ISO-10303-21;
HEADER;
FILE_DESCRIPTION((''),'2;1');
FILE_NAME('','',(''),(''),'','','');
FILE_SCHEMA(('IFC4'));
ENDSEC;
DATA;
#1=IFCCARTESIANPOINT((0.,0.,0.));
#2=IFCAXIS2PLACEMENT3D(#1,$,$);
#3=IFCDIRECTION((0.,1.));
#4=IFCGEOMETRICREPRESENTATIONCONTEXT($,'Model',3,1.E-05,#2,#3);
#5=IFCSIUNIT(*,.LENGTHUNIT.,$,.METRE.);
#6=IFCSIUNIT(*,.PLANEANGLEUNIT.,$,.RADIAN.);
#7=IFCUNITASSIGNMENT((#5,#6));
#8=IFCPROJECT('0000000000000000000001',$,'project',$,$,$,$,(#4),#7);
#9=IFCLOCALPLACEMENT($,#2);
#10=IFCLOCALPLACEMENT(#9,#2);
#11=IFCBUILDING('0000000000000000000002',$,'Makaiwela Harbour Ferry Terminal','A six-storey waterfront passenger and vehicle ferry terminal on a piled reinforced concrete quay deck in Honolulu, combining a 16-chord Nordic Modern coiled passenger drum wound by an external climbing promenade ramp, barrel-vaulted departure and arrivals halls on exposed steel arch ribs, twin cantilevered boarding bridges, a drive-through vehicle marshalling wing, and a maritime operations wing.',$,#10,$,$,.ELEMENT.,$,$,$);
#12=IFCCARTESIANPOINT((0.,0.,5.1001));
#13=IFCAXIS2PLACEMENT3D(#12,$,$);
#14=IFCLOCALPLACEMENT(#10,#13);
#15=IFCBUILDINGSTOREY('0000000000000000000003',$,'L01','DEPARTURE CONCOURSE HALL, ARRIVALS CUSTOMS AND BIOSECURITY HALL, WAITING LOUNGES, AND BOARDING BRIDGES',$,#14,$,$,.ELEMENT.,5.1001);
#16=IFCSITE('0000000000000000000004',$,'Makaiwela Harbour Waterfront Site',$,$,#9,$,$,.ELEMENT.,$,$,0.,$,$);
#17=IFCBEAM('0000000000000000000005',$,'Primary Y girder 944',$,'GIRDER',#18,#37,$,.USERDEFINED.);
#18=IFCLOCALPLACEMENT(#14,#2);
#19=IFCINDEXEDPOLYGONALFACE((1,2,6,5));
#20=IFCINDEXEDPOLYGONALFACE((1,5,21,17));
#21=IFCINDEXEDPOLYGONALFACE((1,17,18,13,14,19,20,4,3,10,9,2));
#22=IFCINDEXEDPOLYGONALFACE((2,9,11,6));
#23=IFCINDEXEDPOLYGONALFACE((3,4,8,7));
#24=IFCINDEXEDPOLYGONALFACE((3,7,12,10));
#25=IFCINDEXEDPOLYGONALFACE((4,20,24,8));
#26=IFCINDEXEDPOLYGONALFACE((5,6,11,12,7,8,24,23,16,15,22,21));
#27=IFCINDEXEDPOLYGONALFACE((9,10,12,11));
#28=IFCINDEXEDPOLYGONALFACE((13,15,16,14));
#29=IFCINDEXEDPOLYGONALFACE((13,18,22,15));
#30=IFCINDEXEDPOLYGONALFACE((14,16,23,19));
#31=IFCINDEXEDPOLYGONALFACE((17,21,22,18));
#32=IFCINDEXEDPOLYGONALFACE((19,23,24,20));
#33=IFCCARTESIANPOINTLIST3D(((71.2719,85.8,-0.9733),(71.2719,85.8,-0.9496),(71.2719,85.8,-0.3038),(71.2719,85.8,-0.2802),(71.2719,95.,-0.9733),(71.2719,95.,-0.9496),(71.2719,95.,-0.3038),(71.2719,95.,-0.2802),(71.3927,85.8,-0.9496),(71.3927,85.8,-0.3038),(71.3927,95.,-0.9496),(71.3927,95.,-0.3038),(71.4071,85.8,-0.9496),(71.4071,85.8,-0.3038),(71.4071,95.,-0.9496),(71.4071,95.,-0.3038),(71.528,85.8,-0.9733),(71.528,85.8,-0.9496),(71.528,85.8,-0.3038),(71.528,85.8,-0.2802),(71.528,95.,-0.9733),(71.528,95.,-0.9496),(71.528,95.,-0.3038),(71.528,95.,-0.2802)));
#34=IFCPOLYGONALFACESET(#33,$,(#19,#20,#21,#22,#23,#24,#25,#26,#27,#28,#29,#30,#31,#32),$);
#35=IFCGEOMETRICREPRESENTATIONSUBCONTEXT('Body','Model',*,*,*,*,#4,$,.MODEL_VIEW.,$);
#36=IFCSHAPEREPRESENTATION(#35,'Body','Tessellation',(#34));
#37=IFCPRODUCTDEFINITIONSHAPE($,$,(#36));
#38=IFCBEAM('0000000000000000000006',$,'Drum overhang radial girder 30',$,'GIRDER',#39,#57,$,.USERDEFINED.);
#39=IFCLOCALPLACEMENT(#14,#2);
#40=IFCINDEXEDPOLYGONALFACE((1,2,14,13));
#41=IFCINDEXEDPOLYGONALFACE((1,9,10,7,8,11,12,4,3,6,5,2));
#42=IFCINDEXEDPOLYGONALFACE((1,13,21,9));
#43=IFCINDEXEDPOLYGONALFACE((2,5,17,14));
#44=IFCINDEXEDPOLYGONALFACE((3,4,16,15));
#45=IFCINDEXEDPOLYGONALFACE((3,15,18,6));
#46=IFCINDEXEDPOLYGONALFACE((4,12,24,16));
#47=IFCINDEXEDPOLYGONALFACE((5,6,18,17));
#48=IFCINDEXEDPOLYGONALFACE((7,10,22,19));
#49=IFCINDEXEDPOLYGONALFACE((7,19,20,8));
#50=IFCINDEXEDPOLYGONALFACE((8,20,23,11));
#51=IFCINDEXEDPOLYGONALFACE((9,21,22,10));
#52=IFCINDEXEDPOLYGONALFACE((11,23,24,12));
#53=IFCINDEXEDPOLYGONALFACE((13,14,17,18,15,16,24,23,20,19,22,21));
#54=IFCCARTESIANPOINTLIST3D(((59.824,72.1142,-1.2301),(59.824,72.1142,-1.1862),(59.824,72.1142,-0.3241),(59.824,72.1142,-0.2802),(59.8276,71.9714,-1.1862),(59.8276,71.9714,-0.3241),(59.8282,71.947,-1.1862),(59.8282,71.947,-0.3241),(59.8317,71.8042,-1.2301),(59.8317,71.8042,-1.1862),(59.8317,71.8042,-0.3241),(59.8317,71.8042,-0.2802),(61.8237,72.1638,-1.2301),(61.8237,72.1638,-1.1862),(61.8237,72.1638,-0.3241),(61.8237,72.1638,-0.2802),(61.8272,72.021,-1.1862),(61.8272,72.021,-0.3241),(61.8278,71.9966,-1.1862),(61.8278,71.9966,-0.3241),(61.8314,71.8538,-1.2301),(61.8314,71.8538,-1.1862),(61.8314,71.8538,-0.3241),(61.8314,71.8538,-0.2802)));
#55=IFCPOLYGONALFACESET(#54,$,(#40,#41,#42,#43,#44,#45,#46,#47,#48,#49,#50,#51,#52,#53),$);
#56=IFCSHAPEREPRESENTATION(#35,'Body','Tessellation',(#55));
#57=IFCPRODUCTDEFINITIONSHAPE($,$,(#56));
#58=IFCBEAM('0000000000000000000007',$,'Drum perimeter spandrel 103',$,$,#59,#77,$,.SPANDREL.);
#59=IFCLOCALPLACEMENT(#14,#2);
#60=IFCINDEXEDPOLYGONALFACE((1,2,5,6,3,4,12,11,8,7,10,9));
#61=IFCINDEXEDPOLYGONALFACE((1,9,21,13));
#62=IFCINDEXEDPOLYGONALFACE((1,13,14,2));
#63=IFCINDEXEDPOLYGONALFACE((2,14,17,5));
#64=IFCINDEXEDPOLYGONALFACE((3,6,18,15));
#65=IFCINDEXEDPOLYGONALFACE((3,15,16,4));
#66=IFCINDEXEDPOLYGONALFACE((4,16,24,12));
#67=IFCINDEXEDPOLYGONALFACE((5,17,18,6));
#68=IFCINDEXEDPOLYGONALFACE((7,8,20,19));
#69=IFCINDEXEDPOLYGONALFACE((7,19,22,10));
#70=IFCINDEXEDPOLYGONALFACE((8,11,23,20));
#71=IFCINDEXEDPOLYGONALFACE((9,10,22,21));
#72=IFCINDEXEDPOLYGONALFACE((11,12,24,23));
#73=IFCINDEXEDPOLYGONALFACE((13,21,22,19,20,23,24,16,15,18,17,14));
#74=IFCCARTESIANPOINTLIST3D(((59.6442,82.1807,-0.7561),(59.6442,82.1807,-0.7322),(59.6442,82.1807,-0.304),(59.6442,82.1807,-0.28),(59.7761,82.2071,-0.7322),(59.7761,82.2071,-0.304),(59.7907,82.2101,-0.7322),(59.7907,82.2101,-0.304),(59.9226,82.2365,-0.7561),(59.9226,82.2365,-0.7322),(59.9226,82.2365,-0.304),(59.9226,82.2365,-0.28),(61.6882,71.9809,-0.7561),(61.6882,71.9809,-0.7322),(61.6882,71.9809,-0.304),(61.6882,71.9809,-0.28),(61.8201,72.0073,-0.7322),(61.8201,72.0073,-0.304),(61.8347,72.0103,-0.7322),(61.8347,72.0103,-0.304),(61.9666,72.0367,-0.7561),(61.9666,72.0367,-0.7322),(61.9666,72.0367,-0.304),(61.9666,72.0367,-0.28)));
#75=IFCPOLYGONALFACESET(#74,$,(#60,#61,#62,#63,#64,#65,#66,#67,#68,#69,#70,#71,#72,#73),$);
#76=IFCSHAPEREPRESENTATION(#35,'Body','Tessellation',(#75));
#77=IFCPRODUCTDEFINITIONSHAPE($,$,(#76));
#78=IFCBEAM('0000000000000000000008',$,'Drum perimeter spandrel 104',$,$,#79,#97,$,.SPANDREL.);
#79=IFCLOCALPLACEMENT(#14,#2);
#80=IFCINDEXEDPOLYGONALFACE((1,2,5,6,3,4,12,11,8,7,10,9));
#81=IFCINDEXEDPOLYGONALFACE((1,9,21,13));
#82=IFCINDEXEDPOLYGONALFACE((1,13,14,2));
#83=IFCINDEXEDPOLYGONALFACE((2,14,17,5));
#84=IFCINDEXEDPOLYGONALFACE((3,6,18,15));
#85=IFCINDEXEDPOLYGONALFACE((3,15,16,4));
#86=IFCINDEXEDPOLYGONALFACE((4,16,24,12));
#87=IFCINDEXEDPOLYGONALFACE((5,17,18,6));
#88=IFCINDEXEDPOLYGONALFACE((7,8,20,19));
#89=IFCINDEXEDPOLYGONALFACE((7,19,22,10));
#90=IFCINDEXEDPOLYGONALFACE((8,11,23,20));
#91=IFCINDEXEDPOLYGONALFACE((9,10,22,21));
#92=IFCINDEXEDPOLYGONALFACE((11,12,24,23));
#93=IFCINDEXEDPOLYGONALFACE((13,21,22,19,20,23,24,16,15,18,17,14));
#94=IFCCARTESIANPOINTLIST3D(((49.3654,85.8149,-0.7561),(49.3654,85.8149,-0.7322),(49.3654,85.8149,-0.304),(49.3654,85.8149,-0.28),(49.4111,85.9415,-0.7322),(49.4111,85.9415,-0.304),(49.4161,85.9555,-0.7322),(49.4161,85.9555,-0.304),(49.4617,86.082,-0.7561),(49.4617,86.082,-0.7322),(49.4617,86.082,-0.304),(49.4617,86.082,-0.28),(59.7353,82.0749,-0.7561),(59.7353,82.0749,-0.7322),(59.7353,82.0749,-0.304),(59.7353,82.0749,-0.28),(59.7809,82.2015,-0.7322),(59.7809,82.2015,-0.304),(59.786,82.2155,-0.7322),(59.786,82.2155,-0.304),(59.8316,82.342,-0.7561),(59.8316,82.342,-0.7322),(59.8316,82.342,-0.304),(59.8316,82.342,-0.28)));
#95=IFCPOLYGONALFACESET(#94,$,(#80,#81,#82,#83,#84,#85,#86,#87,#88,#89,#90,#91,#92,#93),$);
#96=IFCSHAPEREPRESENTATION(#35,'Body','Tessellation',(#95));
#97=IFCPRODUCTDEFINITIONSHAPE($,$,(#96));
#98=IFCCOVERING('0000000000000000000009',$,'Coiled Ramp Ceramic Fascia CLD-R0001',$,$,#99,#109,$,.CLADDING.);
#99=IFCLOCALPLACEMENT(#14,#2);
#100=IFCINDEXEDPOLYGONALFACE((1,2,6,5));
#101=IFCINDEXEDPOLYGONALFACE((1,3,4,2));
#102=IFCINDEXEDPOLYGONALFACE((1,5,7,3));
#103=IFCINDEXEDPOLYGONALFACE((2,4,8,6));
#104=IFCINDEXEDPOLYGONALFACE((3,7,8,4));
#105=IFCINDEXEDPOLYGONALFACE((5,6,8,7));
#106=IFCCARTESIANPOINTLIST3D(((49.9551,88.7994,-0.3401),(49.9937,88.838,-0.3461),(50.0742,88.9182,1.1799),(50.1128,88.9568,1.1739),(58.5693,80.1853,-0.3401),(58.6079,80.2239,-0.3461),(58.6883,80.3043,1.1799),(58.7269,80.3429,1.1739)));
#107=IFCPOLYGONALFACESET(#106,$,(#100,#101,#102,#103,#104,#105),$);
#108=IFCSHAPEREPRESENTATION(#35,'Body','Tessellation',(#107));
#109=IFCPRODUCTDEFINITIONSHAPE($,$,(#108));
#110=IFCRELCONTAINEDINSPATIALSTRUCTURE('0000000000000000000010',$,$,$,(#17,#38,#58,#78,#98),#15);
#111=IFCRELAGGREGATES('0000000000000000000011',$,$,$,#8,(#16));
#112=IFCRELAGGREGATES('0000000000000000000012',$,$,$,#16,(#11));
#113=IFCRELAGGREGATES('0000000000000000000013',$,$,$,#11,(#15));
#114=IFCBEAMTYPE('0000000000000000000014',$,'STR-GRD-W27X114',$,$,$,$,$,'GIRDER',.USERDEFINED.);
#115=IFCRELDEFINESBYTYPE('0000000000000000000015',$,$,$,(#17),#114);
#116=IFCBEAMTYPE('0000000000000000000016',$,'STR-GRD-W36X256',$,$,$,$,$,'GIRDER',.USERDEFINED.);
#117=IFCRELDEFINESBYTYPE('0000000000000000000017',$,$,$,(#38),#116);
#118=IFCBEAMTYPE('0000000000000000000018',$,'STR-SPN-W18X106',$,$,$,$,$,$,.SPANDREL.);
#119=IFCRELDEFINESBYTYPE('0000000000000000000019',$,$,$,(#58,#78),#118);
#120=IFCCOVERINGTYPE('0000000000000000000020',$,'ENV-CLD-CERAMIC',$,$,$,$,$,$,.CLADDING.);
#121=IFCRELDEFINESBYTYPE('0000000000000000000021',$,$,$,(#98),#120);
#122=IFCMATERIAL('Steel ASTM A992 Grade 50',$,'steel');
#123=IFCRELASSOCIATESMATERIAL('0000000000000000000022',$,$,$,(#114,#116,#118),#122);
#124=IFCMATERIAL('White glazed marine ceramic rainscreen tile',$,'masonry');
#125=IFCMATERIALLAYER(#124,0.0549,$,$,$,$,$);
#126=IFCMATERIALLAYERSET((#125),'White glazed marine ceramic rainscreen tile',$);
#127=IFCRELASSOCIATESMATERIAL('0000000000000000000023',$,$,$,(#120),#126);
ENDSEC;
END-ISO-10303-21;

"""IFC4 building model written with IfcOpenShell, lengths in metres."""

from ifc_helpers import new_model, si_unit, direction, frame, origin, origin_2d, place, context, subcontext, project, spatial, polyline, i_section, outline, extrude, material, layer, layer_set, material_profile, profile_set, type_object, element, save


model = new_model("IFC4")

# Units and contexts
model_context = context("Model", 3, precision=1e-05, world=origin(), true_north=direction((0.0, 1.0)))
body_context = subcontext(model_context, "Body", "Model", "MODEL_VIEW")
ifc_project = project(units=[si_unit("LENGTHUNIT", "METRE"), si_unit("PLANEANGLEUNIT", "RADIAN")], contexts=[model_context])

# Site, building, storey
site_placement = place(None, origin())
site = spatial("IfcSite", under=ifc_project, at=site_placement, Name="Makaiwela Harbour Waterfront Site", CompositionType="ELEMENT", RefElevation=0.0)
building_placement = place(site_placement, origin())
building = spatial("IfcBuilding", under=site, at=building_placement, Name="Makaiwela Harbour Ferry Terminal", Description="A six-storey waterfront passenger and vehicle ferry terminal on a piled reinforced concrete quay deck in Honolulu, combining a 16-chord Nordic Modern coiled passenger drum wound by an external climbing promenade ramp, barrel-vaulted departure and arrivals halls on exposed steel arch ribs, twin cantilevered boarding bridges, a drive-through vehicle marshalling wing, and a maritime operations wing.", CompositionType="ELEMENT")
storey_placement = place(building_placement, frame((0.0, 0.0, 5.1001)))
storey = spatial("IfcBuildingStorey", under=building, at=storey_placement, Name="L01", Description="DEPARTURE CONCOURSE HALL, ARRIVALS CUSTOMS AND BIOSECURITY HALL, WAITING LOUNGES, AND BOARDING BRIDGES", CompositionType="ELEMENT", Elevation=5.1001)

# Shared definitions
ifc_material_1 = material(Name="Steel ASTM A992 Grade 50", Category="steel")

# Beams
ifc_material_profile_1 = material_profile(ifc_material_1, i_section(OverallWidth=0.2561, OverallDepth=0.6931, WebThickness=0.0144, FlangeThickness=0.0237, at=origin_2d()), Name="W27X114")
ifc_profile_set_1 = profile_set([ifc_material_profile_1], Name="Steel ASTM A992 Grade 50")
beam_type_1 = type_object("IfcBeamType", Name="STR-GRD-W27X114", ElementType="GIRDER", PredefinedType="USERDEFINED", material=ifc_profile_set_1)
beam_1_placement = place(storey_placement, frame((71.3999, 85.8, -0.6267), z_axis=(0.0, 1.0, 0.0), x_axis=(-1.0, 0.0, 0.0)))
element("IfcBeam", 1, at=beam_1_placement, inside=storey, type_object=beam_type_1, Name="Primary Y girder 944", ObjectType="GIRDER", PredefinedType="USERDEFINED", context=body_context, shape_type="SweptSolid", body=[
    extrude(i_section(OverallWidth=0.2561, OverallDepth=0.6931, WebThickness=0.0144, FlangeThickness=0.0237, at=origin_2d()), origin(), (0.0, 0.0, 1.0), 9.2),
])
ifc_material_profile_2 = material_profile(ifc_material_1, i_section(OverallWidth=0.3101, OverallDepth=0.95, WebThickness=0.0244, FlangeThickness=0.0439, at=origin_2d()), Name="W36X256")
ifc_profile_set_2 = profile_set([ifc_material_profile_2], Name="Steel ASTM A992 Grade 50")
beam_type_2 = type_object("IfcBeamType", Name="STR-GRD-W36X256", ElementType="GIRDER", PredefinedType="USERDEFINED", material=ifc_profile_set_2)
beam_2_placement = place(storey_placement, frame((59.8279, 71.9592, -0.7551), z_axis=(0.999693, 0.024779, 0.0), x_axis=(-0.024779, 0.999693, 0.0)))
element("IfcBeam", 2, at=beam_2_placement, inside=storey, type_object=beam_type_2, Name="Drum overhang radial girder 30", ObjectType="GIRDER", PredefinedType="USERDEFINED", context=body_context, shape_type="SweptSolid", body=[
    extrude(i_section(OverallWidth=0.3101, OverallDepth=0.95, WebThickness=0.0244, FlangeThickness=0.0439, at=origin_2d()), origin(), (0.0, 0.0, 1.0), 2.0002),
])
ifc_material_profile_3 = material_profile(ifc_material_1, i_section(OverallWidth=0.2839, OverallDepth=0.4761, WebThickness=0.0149, FlangeThickness=0.0239, at=origin_2d()), Name="W18X106")
ifc_profile_set_3 = profile_set([ifc_material_profile_3], Name="Steel ASTM A992 Grade 50")
beam_type_3 = type_object("IfcBeamType", Name="STR-SPN-W18X106", PredefinedType="SPANDREL", material=ifc_profile_set_3)
beam_3_placement = place(storey_placement, frame((61.8274, 72.0088, -0.5181), z_axis=(-0.196486, 0.980507, 0.0), x_axis=(-0.980507, -0.196486, 0.0)))
element("IfcBeam", 3, at=beam_3_placement, inside=storey, type_object=beam_type_3, Name="Drum perimeter spandrel 103", PredefinedType="SPANDREL", context=body_context, shape_type="SweptSolid", body=[
    extrude(i_section(OverallWidth=0.2839, OverallDepth=0.4761, WebThickness=0.0149, FlangeThickness=0.0239, at=origin_2d()), origin(), (0.0, 0.0, 1.0), 10.4026),
])
beam_4_placement = place(storey_placement, frame((59.7834, 82.2085, -0.5181), z_axis=(-0.94069, 0.339268, 0.0), x_axis=(-0.339268, -0.94069, 0.0)))
element("IfcBeam", 4, at=beam_4_placement, inside=storey, type_object=beam_type_3, Name="Drum perimeter spandrel 104", PredefinedType="SPANDREL", context=body_context, shape_type="SweptSolid", body=[
    extrude(i_section(OverallWidth=0.2839, OverallDepth=0.4761, WebThickness=0.0149, FlangeThickness=0.0239, at=origin_2d()), origin(), (0.0, 0.0, 1.0), 11.0237),
])

# Covering
ifc_material_2 = material(Name="White glazed marine ceramic rainscreen tile", Category="masonry")
ifc_layer = layer(ifc_material_2, 0.0549)
ifc_layer_set = layer_set([ifc_layer], Name="White glazed marine ceramic rainscreen tile")
covering_type = type_object("IfcCoveringType", Name="ENV-CLD-CERAMIC", PredefinedType="CLADDING", material=ifc_layer_set)
covering_placement = place(storey_placement, frame((58.5693, 80.1853, -0.3401), z_axis=(-0.70281, -0.70282, 0.110005), x_axis=(-0.707112, 0.707102, -0.000001)))
element("IfcCovering", 5, at=covering_placement, inside=storey, type_object=covering_type, Name="Coiled Ramp Ceramic Fascia CLD-R0001", PredefinedType="CLADDING", context=body_context, shape_type="SweptSolid", body=[
    extrude(outline(polyline([(0.0, 0.0), (12.1822, 0.0), (12.1821, -1.5293), (0.0, -1.5293), (0.0, 0.0)])), origin(), (0.0, 0.0, -1.0), 0.0549),
])

save(model, "model.ifc")
